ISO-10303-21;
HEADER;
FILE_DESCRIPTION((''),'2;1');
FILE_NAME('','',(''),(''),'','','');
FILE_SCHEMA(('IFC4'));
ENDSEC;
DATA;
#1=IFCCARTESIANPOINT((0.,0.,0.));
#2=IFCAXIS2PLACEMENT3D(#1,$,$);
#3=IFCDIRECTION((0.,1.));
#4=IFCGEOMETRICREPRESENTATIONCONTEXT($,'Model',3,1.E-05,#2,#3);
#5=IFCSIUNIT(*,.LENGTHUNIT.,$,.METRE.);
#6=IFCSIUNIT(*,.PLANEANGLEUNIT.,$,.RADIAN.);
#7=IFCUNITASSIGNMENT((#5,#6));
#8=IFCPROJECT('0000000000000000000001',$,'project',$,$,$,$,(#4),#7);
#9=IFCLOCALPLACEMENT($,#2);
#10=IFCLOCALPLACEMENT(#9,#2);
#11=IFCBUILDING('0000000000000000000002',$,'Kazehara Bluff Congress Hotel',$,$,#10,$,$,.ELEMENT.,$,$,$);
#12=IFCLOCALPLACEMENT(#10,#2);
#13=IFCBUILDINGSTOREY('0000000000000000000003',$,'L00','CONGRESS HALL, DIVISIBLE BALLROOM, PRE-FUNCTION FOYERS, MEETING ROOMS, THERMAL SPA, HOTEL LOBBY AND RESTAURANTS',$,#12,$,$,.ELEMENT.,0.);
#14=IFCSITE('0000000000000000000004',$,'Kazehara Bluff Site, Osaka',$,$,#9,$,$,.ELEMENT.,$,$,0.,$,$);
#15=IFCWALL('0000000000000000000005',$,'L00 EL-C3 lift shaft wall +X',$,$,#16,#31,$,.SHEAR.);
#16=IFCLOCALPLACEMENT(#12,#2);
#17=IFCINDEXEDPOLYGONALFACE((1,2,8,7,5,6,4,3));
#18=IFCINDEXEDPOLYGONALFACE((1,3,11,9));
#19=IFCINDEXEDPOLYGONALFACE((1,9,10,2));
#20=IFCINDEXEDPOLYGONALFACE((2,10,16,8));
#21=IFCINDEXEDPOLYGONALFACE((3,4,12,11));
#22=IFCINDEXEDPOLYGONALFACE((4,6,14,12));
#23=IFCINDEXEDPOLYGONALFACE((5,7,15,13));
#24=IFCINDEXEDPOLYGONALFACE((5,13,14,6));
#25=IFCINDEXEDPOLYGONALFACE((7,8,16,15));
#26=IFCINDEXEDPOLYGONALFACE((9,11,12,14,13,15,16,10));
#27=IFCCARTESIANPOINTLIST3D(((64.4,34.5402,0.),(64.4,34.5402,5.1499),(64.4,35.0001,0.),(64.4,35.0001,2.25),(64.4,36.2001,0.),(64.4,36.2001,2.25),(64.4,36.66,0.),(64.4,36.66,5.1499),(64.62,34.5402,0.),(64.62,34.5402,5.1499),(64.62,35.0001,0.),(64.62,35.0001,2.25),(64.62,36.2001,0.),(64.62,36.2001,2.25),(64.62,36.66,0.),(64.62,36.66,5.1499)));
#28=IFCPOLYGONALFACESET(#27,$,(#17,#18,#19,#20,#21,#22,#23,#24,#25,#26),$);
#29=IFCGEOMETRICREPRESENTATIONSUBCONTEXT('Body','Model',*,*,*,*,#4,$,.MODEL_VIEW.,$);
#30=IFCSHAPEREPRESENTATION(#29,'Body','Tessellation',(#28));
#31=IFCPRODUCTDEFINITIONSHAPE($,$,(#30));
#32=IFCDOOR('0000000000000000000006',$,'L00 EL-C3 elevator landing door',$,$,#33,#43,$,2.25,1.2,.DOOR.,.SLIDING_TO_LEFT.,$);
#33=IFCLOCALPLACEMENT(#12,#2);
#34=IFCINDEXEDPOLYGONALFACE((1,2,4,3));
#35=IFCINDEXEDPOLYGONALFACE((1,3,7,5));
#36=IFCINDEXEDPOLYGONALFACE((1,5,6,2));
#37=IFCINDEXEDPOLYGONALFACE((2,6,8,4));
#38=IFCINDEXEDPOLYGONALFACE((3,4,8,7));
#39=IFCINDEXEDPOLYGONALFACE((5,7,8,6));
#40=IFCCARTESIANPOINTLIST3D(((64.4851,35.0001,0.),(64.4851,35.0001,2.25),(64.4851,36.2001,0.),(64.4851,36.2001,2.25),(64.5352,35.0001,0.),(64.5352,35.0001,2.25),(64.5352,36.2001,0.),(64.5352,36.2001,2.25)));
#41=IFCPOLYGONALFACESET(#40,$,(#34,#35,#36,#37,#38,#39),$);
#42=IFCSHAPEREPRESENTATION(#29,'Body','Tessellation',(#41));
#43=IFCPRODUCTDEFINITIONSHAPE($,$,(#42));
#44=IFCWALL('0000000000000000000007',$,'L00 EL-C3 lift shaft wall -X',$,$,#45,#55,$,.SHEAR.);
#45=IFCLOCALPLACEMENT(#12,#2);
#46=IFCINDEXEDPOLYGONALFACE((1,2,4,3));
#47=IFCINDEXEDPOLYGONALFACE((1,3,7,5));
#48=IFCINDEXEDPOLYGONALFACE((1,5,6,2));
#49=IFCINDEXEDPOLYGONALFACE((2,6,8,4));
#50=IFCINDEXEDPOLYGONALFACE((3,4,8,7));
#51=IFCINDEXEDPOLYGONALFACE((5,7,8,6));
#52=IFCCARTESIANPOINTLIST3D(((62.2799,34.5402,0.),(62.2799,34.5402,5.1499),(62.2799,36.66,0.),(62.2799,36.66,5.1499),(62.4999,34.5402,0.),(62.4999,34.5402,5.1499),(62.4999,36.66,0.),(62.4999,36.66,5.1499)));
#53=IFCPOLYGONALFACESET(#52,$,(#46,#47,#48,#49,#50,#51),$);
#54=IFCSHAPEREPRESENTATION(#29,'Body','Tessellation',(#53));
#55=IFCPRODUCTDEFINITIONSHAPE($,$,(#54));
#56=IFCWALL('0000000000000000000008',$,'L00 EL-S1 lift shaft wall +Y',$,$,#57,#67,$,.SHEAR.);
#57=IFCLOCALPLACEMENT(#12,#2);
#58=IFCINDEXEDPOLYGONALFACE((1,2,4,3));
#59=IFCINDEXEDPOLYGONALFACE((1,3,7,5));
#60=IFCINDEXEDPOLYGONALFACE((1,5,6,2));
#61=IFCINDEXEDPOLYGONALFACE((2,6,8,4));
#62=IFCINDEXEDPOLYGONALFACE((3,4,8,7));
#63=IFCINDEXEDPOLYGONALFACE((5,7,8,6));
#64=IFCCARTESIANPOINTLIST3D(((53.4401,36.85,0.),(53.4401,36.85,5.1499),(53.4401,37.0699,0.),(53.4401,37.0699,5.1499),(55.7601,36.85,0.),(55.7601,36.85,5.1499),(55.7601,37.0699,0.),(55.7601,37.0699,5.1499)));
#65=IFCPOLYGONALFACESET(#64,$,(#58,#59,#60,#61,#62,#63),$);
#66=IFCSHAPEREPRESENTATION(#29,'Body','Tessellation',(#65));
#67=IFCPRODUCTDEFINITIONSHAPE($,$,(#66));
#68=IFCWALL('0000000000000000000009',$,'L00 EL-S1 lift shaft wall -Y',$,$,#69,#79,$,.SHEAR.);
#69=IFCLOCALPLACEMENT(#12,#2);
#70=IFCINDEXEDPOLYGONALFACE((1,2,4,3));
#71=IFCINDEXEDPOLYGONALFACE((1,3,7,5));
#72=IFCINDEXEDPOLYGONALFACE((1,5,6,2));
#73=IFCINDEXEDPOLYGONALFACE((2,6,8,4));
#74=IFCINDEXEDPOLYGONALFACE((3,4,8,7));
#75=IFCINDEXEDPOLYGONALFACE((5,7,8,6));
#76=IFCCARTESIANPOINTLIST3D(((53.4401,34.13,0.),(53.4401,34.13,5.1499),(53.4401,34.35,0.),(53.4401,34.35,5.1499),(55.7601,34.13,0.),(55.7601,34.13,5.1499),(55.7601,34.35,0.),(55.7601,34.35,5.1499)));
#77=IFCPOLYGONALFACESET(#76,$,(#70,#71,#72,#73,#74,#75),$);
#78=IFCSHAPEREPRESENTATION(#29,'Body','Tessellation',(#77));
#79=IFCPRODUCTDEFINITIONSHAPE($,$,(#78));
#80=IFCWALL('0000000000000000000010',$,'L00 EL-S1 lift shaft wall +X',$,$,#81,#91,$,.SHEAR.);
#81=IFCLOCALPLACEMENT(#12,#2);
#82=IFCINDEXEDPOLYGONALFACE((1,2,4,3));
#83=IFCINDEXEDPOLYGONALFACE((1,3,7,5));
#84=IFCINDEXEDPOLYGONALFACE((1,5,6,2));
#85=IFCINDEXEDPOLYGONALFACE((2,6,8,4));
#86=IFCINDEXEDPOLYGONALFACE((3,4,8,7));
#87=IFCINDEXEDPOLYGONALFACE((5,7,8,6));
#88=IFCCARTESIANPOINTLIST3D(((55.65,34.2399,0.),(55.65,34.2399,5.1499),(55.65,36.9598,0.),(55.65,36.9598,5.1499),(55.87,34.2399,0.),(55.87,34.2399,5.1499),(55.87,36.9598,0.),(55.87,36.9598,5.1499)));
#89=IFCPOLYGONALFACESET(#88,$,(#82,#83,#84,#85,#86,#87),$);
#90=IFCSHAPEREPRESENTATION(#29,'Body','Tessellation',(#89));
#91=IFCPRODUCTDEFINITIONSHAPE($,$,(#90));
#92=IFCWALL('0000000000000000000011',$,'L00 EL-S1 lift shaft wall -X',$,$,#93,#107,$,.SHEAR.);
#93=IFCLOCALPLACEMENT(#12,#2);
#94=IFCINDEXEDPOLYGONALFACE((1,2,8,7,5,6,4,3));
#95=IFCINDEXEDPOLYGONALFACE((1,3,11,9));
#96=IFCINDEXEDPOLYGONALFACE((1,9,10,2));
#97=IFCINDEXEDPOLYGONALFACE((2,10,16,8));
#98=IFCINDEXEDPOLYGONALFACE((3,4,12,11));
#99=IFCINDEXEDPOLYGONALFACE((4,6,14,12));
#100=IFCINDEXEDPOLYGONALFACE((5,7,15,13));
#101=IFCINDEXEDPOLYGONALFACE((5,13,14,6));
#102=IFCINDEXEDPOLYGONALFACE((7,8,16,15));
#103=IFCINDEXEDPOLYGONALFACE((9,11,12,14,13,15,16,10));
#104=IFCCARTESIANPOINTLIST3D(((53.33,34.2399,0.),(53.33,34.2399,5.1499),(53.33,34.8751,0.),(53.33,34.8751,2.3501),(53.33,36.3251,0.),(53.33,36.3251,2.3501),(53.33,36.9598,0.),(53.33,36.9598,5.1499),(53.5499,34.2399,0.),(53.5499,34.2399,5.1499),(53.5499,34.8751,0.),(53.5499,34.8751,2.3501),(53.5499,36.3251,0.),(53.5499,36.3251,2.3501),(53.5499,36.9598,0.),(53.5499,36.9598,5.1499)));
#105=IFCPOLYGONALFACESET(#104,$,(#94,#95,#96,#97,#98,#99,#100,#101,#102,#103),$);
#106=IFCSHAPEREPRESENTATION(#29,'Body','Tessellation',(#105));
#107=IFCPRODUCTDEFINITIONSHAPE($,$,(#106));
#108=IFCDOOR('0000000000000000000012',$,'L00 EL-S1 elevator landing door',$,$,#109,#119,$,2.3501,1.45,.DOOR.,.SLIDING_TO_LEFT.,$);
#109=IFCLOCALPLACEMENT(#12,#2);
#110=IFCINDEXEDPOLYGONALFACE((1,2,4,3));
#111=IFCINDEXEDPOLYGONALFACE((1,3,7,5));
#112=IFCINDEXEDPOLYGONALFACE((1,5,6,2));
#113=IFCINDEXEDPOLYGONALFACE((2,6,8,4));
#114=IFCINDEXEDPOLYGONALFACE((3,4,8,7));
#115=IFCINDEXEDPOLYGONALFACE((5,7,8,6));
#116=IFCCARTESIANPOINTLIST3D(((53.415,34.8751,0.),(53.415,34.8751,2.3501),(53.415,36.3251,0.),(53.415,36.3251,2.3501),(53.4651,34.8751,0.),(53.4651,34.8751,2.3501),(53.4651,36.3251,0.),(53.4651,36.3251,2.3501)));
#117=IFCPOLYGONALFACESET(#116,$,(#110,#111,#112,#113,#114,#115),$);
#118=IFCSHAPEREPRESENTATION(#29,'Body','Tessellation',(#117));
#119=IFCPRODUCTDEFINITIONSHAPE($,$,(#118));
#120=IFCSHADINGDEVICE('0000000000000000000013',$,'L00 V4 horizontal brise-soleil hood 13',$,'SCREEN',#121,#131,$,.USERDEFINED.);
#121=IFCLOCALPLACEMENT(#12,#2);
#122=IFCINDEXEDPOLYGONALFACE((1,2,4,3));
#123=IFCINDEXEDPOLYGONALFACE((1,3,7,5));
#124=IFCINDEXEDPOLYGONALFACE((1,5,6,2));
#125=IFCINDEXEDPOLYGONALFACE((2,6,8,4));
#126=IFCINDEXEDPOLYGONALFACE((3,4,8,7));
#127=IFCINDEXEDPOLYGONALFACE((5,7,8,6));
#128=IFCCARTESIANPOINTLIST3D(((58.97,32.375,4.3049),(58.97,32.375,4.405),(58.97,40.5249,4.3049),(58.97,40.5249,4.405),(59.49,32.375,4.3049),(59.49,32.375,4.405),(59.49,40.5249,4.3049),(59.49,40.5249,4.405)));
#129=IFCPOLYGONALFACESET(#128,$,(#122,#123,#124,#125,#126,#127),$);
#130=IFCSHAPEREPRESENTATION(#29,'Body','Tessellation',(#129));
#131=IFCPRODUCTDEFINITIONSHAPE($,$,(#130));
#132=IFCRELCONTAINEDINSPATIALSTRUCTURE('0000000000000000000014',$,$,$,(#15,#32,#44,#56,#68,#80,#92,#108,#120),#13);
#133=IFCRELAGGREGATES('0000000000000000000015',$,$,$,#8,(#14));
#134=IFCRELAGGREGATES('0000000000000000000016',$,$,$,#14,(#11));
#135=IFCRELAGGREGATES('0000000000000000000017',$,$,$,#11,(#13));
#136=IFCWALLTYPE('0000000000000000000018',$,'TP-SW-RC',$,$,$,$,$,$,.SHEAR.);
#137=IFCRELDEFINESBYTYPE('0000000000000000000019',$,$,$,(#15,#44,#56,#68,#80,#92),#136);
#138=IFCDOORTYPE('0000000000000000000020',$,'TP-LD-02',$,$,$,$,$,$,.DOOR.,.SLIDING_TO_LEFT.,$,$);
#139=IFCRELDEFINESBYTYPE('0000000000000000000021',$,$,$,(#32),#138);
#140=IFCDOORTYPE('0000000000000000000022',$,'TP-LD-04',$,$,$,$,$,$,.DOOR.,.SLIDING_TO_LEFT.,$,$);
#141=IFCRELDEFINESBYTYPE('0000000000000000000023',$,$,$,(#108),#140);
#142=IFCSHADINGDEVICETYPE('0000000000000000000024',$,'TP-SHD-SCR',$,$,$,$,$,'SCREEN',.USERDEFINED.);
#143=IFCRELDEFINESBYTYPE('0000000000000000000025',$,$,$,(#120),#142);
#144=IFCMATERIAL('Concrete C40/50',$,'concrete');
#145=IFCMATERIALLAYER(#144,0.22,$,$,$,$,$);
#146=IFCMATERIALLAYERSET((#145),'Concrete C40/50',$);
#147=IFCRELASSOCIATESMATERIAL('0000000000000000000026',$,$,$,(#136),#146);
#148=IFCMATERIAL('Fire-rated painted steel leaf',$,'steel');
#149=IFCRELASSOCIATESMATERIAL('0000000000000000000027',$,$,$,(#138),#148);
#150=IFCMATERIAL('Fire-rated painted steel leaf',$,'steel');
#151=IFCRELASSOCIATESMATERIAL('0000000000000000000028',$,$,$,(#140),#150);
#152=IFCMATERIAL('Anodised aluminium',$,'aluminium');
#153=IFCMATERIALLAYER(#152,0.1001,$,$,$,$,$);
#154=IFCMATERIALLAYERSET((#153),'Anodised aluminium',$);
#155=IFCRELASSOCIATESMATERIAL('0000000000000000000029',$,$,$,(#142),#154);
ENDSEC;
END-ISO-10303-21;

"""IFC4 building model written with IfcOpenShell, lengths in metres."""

from ifc_helpers import new_model, si_unit, direction, frame, frame_2d, origin, origin_2d, place, context, subcontext, project, spatial, rectangle, extrude, material, layer, layer_set, type_object, element, fill, save


model = new_model("IFC4")

# Units and contexts
model_context = context("Model", 3, precision=1e-05, world=origin(), true_north=direction((0.0, 1.0)))
body_context = subcontext(model_context, "Body", "Model", "MODEL_VIEW")
ifc_project = project(units=[si_unit("LENGTHUNIT", "METRE"), si_unit("PLANEANGLEUNIT", "RADIAN")], contexts=[model_context])

# Site, building, storey
site_placement = place(None, origin())
site = spatial("IfcSite", under=ifc_project, at=site_placement, Name="Kazehara Bluff Site, Osaka", CompositionType="ELEMENT", RefElevation=0.0)
building_placement = place(site_placement, origin())
building = spatial("IfcBuilding", under=site, at=building_placement, Name="Kazehara Bluff Congress Hotel", CompositionType="ELEMENT")
storey_placement = place(building_placement, origin())
storey = spatial("IfcBuildingStorey", under=building, at=storey_placement, Name="L00", Description="CONGRESS HALL, DIVISIBLE BALLROOM, PRE-FUNCTION FOYERS, MEETING ROOMS, THERMAL SPA, HOTEL LOBBY AND RESTAURANTS", CompositionType="ELEMENT", Elevation=0.0)

# Shared definitions
ifc_material_1 = material(Name="Concrete C40/50", Category="concrete")
ifc_layer_1 = layer(ifc_material_1, 0.22)
ifc_layer_set_1 = layer_set([ifc_layer_1], Name="Concrete C40/50")
wall_type_1 = type_object("IfcWallType", Name="TP-SW-RC", PredefinedType="SHEAR", material=ifc_layer_set_1)

# Wall, opening, door
wall_1_placement = place(storey_placement, frame((64.51, 34.54, 0.0), z_axis=(0.0, 0.0, 1.0), x_axis=(0.0, 1.0, 0.0)))
wall_1 = element("IfcWall", 1, at=wall_1_placement, inside=storey, type_object=wall_type_1, Name="L00 EL-C3 lift shaft wall +X", PredefinedType="SHEAR", context=body_context, shape_type="SweptSolid", body=[
    extrude(rectangle(XDim=2.1199, YDim=0.22, at=frame_2d((1.0601, 0.0))), origin(), (0.0, 0.0, 1.0), 5.1499),
])
opening_1_placement = place(wall_1_placement, frame((0.46, 0.0, 0.0)))
opening_1 = element("IfcOpeningElement", 2, at=opening_1_placement, cuts=wall_1, PredefinedType="OPENING", context=body_context, shape_type="SweptSolid", body=[
    extrude(rectangle(XDim=1.2, YDim=2.25, at=frame_2d((0.6001, 1.125))), frame((0.0, 0.1199, 0.0), z_axis=(0.0, -1.0, 0.0), x_axis=(1.0, 0.0, 0.0)), (0.0, 0.0, 1.0), 0.24),
])
ifc_material_2 = material(Name="Fire-rated painted steel leaf", Category="steel")
door_type_1 = type_object("IfcDoorType", Name="TP-LD-02", OperationType="SLIDING_TO_LEFT", PredefinedType="DOOR", material=ifc_material_2)
door_1_placement = place(opening_1_placement, origin())
door_1 = element("IfcDoor", 3, at=door_1_placement, inside=storey, type_object=door_type_1, Name="L00 EL-C3 elevator landing door", OperationType="SLIDING_TO_LEFT", OverallHeight=2.25, OverallWidth=1.2, PredefinedType="DOOR", context=body_context, shape_type="SweptSolid", body=[
    extrude(rectangle(XDim=1.2, YDim=2.25, at=frame_2d((0.6001, 1.125))), frame((0.0, 0.0249, 0.0), z_axis=(0.0, -1.0, 0.0), x_axis=(1.0, 0.0, 0.0)), (0.0, 0.0, 1.0), 0.05),
])
fill(opening_1, door_1)

# Walls
wall_2_placement = place(storey_placement, frame((62.3899, 34.54, 0.0), z_axis=(0.0, 0.0, 1.0), x_axis=(0.0, 1.0, 0.0)))
element("IfcWall", 4, at=wall_2_placement, inside=storey, type_object=wall_type_1, Name="L00 EL-C3 lift shaft wall -X", PredefinedType="SHEAR", context=body_context, shape_type="SweptSolid", body=[
    extrude(rectangle(XDim=2.1199, YDim=0.22, at=frame_2d((1.0601, 0.0))), origin(), (0.0, 0.0, 1.0), 5.1499),
])
for number, where, z_axis, x_axis, name in (
    (5, (53.4399, 36.96, 0.0), (0.0, 0.0, 1.0), (1.0, 0.0, 0.0), "L00 EL-S1 lift shaft wall +Y"),
    (6, (53.4399, 34.24, 0.0), (0.0, 0.0, 1.0), (1.0, 0.0, 0.0), "L00 EL-S1 lift shaft wall -Y"),
):
    element("IfcWall", number, at=place(storey_placement, frame(where, z_axis=z_axis, x_axis=x_axis)), inside=storey, type_object=wall_type_1, Name=name, PredefinedType="SHEAR", context=body_context, shape_type="SweptSolid", body=[
        extrude(rectangle(XDim=2.3201, YDim=0.22, at=frame_2d((1.1602, 0.0))), origin(), (0.0, 0.0, 1.0), 5.1499),
    ])
wall_3_placement = place(storey_placement, frame((55.76, 34.24, 0.0), z_axis=(0.0, 0.0, 1.0), x_axis=(0.0, 1.0, 0.0)))
element("IfcWall", 7, at=wall_3_placement, inside=storey, type_object=wall_type_1, Name="L00 EL-S1 lift shaft wall +X", PredefinedType="SHEAR", context=body_context, shape_type="SweptSolid", body=[
    extrude(rectangle(XDim=2.72, YDim=0.22, at=frame_2d((1.3599, 0.0))), origin(), (0.0, 0.0, 1.0), 5.1499),
])

# Wall, opening, door
wall_4_placement = place(storey_placement, frame((53.4399, 34.24, 0.0), z_axis=(0.0, 0.0, 1.0), x_axis=(0.0, 1.0, 0.0)))
wall_4 = element("IfcWall", 8, at=wall_4_placement, inside=storey, type_object=wall_type_1, Name="L00 EL-S1 lift shaft wall -X", PredefinedType="SHEAR", context=body_context, shape_type="SweptSolid", body=[
    extrude(rectangle(XDim=2.72, YDim=0.22, at=frame_2d((1.3599, 0.0))), origin(), (0.0, 0.0, 1.0), 5.1499),
])
opening_2_placement = place(wall_4_placement, frame((0.635, 0.0, 0.0)))
opening_2 = element("IfcOpeningElement", 9, at=opening_2_placement, cuts=wall_4, PredefinedType="OPENING", context=body_context, shape_type="SweptSolid", body=[
    extrude(rectangle(XDim=1.45, YDim=2.3501, at=frame_2d((0.7251, 1.175))), frame((0.0, 0.1199, 0.0), z_axis=(0.0, -1.0, 0.0), x_axis=(1.0, 0.0, 0.0)), (0.0, 0.0, 1.0), 0.24),
])
ifc_material_3 = material(Name="Fire-rated painted steel leaf", Category="steel")
door_type_2 = type_object("IfcDoorType", Name="TP-LD-04", OperationType="SLIDING_TO_LEFT", PredefinedType="DOOR", material=ifc_material_3)
door_2_placement = place(opening_2_placement, origin())
door_2 = element("IfcDoor", 10, at=door_2_placement, inside=storey, type_object=door_type_2, Name="L00 EL-S1 elevator landing door", OperationType="SLIDING_TO_LEFT", OverallHeight=2.3501, OverallWidth=1.45, PredefinedType="DOOR", context=body_context, shape_type="SweptSolid", body=[
    extrude(rectangle(XDim=1.45, YDim=2.3501, at=frame_2d((0.7251, 1.175))), frame((0.0, 0.0249, 0.0), z_axis=(0.0, -1.0, 0.0), x_axis=(1.0, 0.0, 0.0)), (0.0, 0.0, 1.0), 0.05),
])
fill(opening_2, door_2)

# Shading device
ifc_material_4 = material(Name="Anodised aluminium", Category="aluminium")
ifc_layer_2 = layer(ifc_material_4, 0.1001)
ifc_layer_set_2 = layer_set([ifc_layer_2], Name="Anodised aluminium")
shading_device_type = type_object("IfcShadingDeviceType", Name="TP-SHD-SCR", ElementType="SCREEN", PredefinedType="USERDEFINED", material=ifc_layer_set_2)
shading_device_placement = place(storey_placement, frame((59.23, 36.45, 4.3049), z_axis=(0.0, 0.0, 1.0), x_axis=(1.0, 0.0, 0.0)))
element("IfcShadingDevice", 11, at=shading_device_placement, inside=storey, type_object=shading_device_type, Name="L00 V4 horizontal brise-soleil hood 13", ObjectType="SCREEN", PredefinedType="USERDEFINED", context=body_context, shape_type="SweptSolid", body=[
    extrude(rectangle(XDim=0.52, YDim=8.1499, at=origin_2d()), origin(), (0.0, 0.0, 1.0), 0.1001),
])

save(model, "model.ifc")
